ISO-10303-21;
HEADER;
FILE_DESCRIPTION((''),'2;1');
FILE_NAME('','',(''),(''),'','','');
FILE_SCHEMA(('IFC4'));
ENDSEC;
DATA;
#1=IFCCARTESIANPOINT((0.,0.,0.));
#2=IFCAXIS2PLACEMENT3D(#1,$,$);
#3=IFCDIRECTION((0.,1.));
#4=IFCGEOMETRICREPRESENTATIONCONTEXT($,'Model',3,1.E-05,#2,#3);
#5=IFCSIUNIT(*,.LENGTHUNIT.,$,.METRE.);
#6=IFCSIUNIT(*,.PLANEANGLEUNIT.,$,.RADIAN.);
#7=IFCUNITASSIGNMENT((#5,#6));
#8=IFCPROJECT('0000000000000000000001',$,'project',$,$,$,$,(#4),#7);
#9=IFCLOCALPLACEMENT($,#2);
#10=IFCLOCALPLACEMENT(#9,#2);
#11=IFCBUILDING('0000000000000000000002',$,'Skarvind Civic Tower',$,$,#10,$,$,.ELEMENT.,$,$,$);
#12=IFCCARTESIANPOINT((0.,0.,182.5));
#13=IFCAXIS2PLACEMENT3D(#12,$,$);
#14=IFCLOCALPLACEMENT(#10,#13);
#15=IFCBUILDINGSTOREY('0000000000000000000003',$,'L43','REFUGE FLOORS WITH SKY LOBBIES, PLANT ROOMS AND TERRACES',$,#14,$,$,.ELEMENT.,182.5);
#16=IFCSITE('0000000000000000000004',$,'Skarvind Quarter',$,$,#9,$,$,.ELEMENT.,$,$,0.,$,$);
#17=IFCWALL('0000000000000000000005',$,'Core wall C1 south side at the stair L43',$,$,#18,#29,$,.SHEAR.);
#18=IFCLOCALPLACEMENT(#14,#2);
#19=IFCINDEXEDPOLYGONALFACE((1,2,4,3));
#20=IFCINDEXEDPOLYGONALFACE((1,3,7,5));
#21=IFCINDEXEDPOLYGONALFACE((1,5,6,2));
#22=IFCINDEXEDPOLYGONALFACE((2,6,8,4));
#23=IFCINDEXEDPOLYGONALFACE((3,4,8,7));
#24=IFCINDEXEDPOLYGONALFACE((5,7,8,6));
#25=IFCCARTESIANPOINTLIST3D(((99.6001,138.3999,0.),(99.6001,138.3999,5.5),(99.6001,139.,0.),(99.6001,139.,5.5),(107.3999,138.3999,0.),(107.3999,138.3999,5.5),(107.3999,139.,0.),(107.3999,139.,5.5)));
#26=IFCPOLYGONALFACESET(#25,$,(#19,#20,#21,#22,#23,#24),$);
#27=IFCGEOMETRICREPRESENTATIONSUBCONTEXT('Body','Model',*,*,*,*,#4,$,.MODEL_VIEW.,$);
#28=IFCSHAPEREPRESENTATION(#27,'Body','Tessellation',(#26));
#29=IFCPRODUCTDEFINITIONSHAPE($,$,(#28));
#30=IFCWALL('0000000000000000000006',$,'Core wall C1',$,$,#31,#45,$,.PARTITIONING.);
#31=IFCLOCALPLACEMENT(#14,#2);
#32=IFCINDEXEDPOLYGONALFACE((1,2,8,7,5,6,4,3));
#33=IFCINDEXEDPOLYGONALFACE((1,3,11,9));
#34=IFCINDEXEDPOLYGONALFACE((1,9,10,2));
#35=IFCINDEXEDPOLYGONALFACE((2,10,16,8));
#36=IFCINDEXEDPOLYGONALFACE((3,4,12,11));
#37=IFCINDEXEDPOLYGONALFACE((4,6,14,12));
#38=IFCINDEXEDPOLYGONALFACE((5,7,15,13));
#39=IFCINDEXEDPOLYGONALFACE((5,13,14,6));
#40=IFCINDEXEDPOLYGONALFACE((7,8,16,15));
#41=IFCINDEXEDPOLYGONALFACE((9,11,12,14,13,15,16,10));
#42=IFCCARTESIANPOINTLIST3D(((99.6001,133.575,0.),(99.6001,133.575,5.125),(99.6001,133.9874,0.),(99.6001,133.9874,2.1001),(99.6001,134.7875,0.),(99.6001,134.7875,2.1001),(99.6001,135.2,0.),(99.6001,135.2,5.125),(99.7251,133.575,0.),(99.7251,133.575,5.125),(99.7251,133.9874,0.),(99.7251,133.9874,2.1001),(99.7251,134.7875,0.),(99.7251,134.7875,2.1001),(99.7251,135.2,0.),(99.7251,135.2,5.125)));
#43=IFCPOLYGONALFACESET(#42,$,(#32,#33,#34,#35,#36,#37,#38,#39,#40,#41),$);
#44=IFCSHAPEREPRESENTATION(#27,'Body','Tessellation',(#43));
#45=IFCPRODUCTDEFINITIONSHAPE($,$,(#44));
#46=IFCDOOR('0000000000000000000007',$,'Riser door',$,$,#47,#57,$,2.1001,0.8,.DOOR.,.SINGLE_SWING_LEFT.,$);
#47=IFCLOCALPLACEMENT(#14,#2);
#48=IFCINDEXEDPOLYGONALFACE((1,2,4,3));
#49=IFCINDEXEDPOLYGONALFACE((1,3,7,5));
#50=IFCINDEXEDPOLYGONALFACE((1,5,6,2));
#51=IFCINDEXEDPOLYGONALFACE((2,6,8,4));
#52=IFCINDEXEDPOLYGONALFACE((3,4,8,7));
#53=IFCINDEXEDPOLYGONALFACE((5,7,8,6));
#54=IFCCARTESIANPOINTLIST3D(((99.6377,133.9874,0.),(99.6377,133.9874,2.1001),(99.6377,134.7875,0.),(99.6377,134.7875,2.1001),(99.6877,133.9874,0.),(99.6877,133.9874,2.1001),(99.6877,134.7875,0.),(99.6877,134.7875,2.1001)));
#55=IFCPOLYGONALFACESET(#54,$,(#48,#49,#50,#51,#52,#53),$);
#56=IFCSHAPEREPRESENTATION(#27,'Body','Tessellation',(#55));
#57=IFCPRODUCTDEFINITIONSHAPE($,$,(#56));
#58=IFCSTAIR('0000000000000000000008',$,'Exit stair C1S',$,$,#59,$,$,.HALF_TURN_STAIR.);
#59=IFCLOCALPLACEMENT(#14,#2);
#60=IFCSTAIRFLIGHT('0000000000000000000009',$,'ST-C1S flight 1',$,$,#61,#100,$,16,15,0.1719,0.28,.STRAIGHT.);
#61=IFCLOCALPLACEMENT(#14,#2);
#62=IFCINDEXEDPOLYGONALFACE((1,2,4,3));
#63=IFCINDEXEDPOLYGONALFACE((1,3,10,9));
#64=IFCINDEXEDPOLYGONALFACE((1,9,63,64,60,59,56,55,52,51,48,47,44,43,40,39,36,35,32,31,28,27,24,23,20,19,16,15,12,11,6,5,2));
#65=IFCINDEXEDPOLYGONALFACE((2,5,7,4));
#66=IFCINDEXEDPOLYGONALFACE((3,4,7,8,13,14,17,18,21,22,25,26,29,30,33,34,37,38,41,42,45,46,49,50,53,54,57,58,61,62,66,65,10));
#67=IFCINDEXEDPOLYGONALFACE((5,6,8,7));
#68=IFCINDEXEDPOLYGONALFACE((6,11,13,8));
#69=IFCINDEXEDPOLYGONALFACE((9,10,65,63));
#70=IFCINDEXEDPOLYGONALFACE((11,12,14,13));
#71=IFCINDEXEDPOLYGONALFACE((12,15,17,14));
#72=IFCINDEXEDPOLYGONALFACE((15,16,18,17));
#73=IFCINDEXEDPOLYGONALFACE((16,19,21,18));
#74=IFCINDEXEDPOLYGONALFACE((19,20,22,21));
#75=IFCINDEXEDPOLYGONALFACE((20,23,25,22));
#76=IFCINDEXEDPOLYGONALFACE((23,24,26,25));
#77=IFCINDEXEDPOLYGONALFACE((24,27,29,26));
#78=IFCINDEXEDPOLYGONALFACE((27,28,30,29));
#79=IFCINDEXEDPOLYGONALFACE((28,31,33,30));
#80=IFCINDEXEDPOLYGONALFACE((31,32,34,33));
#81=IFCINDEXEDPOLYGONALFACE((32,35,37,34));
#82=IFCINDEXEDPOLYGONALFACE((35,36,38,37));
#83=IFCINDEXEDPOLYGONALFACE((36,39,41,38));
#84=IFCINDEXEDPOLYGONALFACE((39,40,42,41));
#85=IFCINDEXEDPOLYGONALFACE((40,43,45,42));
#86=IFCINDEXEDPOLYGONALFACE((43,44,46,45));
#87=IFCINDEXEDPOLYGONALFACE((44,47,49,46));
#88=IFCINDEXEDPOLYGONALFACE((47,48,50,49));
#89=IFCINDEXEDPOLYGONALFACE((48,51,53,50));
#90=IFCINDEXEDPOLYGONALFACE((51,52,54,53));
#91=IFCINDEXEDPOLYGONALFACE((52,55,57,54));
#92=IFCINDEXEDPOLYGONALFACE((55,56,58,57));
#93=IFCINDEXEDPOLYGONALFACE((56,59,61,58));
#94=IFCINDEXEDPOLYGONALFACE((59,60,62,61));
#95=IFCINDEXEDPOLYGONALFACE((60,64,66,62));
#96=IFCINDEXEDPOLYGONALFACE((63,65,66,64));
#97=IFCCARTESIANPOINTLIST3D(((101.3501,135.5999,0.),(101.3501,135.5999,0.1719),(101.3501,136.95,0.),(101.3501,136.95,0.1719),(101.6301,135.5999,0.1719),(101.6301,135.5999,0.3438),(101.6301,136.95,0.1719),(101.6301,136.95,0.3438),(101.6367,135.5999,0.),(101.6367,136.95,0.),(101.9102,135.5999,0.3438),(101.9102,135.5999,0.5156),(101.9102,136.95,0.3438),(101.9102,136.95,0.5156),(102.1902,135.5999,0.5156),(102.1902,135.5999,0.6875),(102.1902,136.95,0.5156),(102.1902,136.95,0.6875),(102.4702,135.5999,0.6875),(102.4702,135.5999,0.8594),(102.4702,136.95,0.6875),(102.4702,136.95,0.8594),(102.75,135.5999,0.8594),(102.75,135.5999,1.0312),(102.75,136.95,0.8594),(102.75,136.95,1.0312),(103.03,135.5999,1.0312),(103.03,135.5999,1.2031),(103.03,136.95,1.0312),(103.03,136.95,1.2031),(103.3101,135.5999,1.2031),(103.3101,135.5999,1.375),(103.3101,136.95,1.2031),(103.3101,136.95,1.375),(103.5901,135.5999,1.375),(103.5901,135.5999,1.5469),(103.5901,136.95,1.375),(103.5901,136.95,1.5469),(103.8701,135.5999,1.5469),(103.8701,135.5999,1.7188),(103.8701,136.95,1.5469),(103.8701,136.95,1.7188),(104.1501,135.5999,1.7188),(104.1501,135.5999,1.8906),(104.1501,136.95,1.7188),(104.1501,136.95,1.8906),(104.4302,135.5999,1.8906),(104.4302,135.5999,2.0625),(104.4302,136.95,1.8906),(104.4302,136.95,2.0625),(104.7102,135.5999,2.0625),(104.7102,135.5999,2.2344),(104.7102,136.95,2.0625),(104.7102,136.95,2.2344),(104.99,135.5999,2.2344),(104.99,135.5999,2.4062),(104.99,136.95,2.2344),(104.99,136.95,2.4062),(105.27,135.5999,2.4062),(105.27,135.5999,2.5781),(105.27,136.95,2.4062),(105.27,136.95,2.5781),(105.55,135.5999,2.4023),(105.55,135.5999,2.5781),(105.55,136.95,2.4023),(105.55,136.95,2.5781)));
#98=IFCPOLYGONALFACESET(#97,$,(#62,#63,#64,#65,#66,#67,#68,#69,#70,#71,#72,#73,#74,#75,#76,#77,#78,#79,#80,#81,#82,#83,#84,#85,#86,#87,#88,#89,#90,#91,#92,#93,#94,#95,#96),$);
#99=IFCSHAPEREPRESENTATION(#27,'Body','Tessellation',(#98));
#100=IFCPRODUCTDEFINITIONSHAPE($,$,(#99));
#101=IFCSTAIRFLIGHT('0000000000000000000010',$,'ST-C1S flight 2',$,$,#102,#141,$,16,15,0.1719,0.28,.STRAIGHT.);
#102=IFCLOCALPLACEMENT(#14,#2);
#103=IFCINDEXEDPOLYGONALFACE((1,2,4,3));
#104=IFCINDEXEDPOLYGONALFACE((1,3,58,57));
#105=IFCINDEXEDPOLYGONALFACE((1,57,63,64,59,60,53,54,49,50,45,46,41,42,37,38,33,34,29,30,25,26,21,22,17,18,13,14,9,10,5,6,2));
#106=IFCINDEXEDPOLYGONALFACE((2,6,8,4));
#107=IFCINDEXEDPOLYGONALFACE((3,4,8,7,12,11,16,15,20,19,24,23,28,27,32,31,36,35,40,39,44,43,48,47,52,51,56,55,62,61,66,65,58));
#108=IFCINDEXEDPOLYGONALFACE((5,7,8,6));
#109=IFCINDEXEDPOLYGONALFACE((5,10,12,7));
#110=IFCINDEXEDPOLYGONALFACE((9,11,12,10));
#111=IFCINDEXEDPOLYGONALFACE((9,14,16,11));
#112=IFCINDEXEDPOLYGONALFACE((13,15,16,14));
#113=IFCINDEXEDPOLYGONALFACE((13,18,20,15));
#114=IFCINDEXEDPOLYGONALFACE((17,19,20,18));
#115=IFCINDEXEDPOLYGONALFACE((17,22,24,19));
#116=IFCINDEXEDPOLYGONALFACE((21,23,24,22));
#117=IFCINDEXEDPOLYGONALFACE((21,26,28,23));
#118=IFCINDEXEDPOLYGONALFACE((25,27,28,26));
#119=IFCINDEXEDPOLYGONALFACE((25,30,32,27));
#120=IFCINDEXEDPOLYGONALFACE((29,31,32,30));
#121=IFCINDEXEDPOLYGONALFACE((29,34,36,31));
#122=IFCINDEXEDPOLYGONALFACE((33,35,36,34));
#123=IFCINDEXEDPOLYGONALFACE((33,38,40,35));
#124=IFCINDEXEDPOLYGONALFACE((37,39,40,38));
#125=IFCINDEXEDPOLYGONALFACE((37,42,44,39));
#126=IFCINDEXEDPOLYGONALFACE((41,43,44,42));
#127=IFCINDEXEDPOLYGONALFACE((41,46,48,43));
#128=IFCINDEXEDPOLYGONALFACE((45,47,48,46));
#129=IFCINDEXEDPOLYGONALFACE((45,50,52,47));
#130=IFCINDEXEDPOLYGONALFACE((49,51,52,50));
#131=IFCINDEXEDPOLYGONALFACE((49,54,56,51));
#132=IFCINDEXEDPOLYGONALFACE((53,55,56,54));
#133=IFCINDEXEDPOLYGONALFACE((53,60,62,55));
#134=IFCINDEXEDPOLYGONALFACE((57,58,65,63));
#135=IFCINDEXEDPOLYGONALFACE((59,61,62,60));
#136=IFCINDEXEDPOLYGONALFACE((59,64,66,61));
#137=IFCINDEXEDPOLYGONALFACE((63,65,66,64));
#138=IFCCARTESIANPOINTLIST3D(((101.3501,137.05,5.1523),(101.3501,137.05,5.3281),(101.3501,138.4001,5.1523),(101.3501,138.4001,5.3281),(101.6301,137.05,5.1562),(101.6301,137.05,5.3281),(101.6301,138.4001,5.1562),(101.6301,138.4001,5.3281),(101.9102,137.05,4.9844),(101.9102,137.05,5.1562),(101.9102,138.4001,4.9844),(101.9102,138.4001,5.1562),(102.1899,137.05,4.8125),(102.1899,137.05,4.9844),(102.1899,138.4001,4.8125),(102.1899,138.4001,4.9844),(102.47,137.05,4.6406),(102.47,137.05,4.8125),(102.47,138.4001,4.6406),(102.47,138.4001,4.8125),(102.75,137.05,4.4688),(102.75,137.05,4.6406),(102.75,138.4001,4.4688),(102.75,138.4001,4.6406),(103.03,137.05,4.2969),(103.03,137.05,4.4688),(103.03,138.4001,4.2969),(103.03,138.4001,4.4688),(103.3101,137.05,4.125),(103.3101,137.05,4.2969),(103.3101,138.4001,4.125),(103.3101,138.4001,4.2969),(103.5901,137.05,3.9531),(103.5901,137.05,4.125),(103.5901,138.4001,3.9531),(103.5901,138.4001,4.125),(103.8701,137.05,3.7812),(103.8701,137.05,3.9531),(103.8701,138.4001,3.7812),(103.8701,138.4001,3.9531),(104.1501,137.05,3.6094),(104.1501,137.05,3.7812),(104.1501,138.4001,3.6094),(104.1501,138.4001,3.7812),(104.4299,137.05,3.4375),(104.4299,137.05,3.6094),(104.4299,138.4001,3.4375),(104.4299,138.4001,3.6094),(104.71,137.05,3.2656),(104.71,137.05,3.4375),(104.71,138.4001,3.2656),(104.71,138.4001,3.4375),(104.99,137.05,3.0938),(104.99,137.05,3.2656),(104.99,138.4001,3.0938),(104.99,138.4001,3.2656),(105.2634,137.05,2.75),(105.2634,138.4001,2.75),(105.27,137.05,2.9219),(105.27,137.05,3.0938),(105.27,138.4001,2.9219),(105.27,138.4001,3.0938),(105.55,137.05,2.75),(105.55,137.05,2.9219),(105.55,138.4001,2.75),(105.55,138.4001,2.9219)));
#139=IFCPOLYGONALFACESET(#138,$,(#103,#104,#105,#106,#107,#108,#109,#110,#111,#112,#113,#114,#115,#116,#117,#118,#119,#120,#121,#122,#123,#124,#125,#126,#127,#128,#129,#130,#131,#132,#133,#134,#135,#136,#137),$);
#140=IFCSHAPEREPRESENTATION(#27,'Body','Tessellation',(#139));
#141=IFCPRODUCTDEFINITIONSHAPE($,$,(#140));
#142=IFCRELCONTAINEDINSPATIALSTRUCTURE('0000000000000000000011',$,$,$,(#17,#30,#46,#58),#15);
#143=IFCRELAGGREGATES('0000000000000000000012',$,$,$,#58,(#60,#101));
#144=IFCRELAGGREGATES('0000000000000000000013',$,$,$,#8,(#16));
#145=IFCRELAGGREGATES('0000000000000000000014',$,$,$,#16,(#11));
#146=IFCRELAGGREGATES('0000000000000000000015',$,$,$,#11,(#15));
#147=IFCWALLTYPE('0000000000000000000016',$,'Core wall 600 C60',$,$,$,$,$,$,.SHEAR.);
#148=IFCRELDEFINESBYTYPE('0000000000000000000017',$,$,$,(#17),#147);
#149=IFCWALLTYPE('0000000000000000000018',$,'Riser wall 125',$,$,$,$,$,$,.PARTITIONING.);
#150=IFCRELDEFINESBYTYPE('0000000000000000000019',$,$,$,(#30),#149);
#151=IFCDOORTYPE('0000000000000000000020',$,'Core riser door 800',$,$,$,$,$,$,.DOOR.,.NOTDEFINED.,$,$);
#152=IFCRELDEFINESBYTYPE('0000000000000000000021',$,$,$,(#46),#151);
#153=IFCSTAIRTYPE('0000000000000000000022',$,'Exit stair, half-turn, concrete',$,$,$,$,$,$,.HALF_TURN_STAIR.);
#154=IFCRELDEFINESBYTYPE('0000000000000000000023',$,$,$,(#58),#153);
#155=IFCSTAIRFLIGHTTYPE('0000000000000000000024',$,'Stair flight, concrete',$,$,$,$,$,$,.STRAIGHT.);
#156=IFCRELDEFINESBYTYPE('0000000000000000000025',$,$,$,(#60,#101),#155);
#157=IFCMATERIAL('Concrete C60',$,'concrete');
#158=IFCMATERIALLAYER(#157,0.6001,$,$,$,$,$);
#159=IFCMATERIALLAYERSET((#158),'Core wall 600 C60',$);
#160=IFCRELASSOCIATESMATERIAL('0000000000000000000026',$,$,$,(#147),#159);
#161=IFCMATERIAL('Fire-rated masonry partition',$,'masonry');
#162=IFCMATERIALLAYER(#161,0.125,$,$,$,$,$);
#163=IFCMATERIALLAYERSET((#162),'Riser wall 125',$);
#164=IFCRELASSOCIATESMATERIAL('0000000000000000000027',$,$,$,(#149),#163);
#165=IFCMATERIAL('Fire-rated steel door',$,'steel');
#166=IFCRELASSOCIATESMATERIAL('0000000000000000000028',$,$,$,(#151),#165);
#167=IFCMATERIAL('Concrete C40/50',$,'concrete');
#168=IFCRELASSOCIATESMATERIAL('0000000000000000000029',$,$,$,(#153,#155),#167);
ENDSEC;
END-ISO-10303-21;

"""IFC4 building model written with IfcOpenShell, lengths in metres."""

from ifc_helpers import new_model, si_unit, direction, frame, frame_2d, origin, place, context, subcontext, project, spatial, polyline, rectangle, outline, extrude, material, layer, layer_set, type_object, element, fill, aggregate, save


model = new_model("IFC4")

# Units and contexts
model_context = context("Model", 3, precision=1e-05, world=origin(), true_north=direction((0.0, 1.0)))
body_context = subcontext(model_context, "Body", "Model", "MODEL_VIEW")
ifc_project = project(units=[si_unit("LENGTHUNIT", "METRE"), si_unit("PLANEANGLEUNIT", "RADIAN")], contexts=[model_context])

# Site, building, storey
site_placement = place(None, origin())
site = spatial("IfcSite", under=ifc_project, at=site_placement, Name="Skarvind Quarter", CompositionType="ELEMENT", RefElevation=0.0)
building_placement = place(site_placement, origin())
building = spatial("IfcBuilding", under=site, at=building_placement, Name="Skarvind Civic Tower", CompositionType="ELEMENT")
storey_placement = place(building_placement, frame((0.0, 0.0, 182.5)))
storey = spatial("IfcBuildingStorey", under=building, at=storey_placement, Name="L43", Description="REFUGE FLOORS WITH SKY LOBBIES, PLANT ROOMS AND TERRACES", CompositionType="ELEMENT", Elevation=182.5)

# Shared definitions
ifc_material_1 = material(Name="Concrete C60", Category="concrete")

# Shared definitions
ifc_material_2 = material(Name="Fire-rated steel door", Category="steel")

# Wall
ifc_layer_1 = layer(ifc_material_1, 0.6001)
ifc_layer_set_1 = layer_set([ifc_layer_1], Name="Core wall 600 C60")
wall_type_1 = type_object("IfcWallType", Name="Core wall 600 C60", PredefinedType="SHEAR", material=ifc_layer_set_1)
wall_1_placement = place(storey_placement, frame((107.3999, 138.7, 0.0), z_axis=(0.0, 0.0, 1.0), x_axis=(-1.0, 0.0, 0.0)))
element("IfcWall", 1, at=wall_1_placement, inside=storey, type_object=wall_type_1, Name="Core wall C1 south side at the stair L43", PredefinedType="SHEAR", context=body_context, shape_type="SweptSolid", body=[
    extrude(rectangle(XDim=7.7998, YDim=0.6001, at=frame_2d((3.8999, 0.0))), origin(), (0.0, 0.0, 1.0), 5.5),
])

# Wall, opening, door
ifc_material_3 = material(Name="Fire-rated masonry partition", Category="masonry")
ifc_layer_2 = layer(ifc_material_3, 0.125)
ifc_layer_set_2 = layer_set([ifc_layer_2], Name="Riser wall 125")
wall_type_2 = type_object("IfcWallType", Name="Riser wall 125", PredefinedType="PARTITIONING", material=ifc_layer_set_2)
wall_2_placement = place(storey_placement, frame((99.6626, 133.575, 0.0), z_axis=(0.0, 0.0, 1.0), x_axis=(0.0, 1.0, 0.0)))
wall_2 = element("IfcWall", 2, at=wall_2_placement, inside=storey, type_object=wall_type_2, Name="Core wall C1", PredefinedType="PARTITIONING", context=body_context, shape_type="SweptSolid", body=[
    extrude(rectangle(XDim=1.625, YDim=0.125, at=frame_2d((0.8125, 0.0))), origin(), (0.0, 0.0, 1.0), 5.125),
])
opening_1_placement = place(wall_2_placement, frame((0.4126, 0.0, 0.0)))
opening_1 = element("IfcOpeningElement", 3, at=opening_1_placement, cuts=wall_2, PredefinedType="OPENING", context=body_context, shape_type="SweptSolid", body=[
    extrude(rectangle(XDim=0.8, YDim=2.1001, at=frame_2d((0.3999, 1.05))), frame((0.0, 0.0725, 0.0), z_axis=(0.0, -1.0, 0.0), x_axis=(1.0, 0.0, 0.0)), (0.0, 0.0, 1.0), 0.145),
])
door_type_1 = type_object("IfcDoorType", Name="Core riser door 800", OperationType="NOTDEFINED", PredefinedType="DOOR", material=ifc_material_2)
door_1_placement = place(opening_1_placement, origin())
door_1 = element("IfcDoor", 4, at=door_1_placement, inside=storey, type_object=door_type_1, Name="Riser door", OperationType="SINGLE_SWING_LEFT", OverallHeight=2.1001, OverallWidth=0.8, PredefinedType="DOOR", context=body_context, shape_type="SweptSolid", body=[
    extrude(rectangle(XDim=0.8, YDim=2.1001, at=frame_2d((0.3999, 1.05))), frame((0.0, 0.0249, 0.0), z_axis=(0.0, -1.0, 0.0), x_axis=(1.0, 0.0, 0.0)), (0.0, 0.0, 1.0), 0.05),
])
fill(opening_1, door_1)

# Stair, stair flights
ifc_material_4 = material(Name="Concrete C40/50", Category="concrete")
stair_type = type_object("IfcStairType", Name="Exit stair, half-turn, concrete", PredefinedType="HALF_TURN_STAIR", material=ifc_material_4)
stair_placement = place(storey_placement, origin())
stair = element("IfcStair", 5, at=stair_placement, inside=storey, type_object=stair_type, Name="Exit stair C1S", PredefinedType="HALF_TURN_STAIR")
stair_flight_type = type_object("IfcStairFlightType", Name="Stair flight, concrete", PredefinedType="STRAIGHT", material=ifc_material_4)
stair_flight_1_placement = place(storey_placement, frame((101.3501, 136.2749, 0.0), z_axis=(0.0, 0.0, 1.0), x_axis=(1.0, 0.0, 0.0)))
stair_flight_1 = element("IfcStairFlight", 6, at=stair_flight_1_placement, type_object=stair_flight_type, Name="ST-C1S flight 1", NumberOfRisers=16, NumberOfTreads=15, PredefinedType="STRAIGHT", RiserHeight=0.1719, TreadLength=0.28, context=body_context, shape_type="SweptSolid", body=[
    extrude(outline(polyline([(0.0, 0.0), (0.0, 0.1719), (0.28, 0.1719), (0.28, 0.3438), (0.5601, 0.3438), (0.5601, 0.5156), (0.8401, 0.5156), (0.8401, 0.6875), (1.1201, 0.6875), (1.1201, 0.8594), (1.3999, 0.8594), (1.3999, 1.0312), (1.6799, 1.0312), (1.6799, 1.2031), (1.96, 1.2031), (1.96, 1.375), (2.24, 1.375), (2.24, 1.5469), (2.52, 1.5469), (2.52, 1.7188), (2.8, 1.7188), (2.8, 1.8906), (3.0801, 1.8906), (3.0801, 2.0625), (3.3601, 2.0625), (3.3601, 2.2344), (3.6399, 2.2344), (3.6399, 2.4062), (3.9199, 2.4062), (3.9199, 2.5781), (4.2, 2.5781), (4.2, 2.75), (4.2, 2.4023), (0.2866, 0.0), (0.0, 0.0)])), frame((0.0, 0.675, 0.0), z_axis=(0.0, -1.0, 0.0), x_axis=(1.0, 0.0, 0.0)), (0.0, 0.0, 1.0), 1.3501),
])
stair_flight_2_placement = place(storey_placement, frame((105.55, 137.7251, 2.75), z_axis=(0.0, 0.0, 1.0), x_axis=(-1.0, 0.0, 0.0)))
stair_flight_2 = element("IfcStairFlight", 7, at=stair_flight_2_placement, type_object=stair_flight_type, Name="ST-C1S flight 2", NumberOfRisers=16, NumberOfTreads=15, PredefinedType="STRAIGHT", RiserHeight=0.1719, TreadLength=0.28, context=body_context, shape_type="SweptSolid", body=[
    extrude(outline(polyline([(0.0, 0.0), (0.0, 0.1719), (0.28, 0.1719), (0.28, 0.3438), (0.5601, 0.3438), (0.5601, 0.5156), (0.8401, 0.5156), (0.8401, 0.6875), (1.1201, 0.6875), (1.1201, 0.8594), (1.3999, 0.8594), (1.3999, 1.0312), (1.6799, 1.0312), (1.6799, 1.2031), (1.96, 1.2031), (1.96, 1.375), (2.24, 1.375), (2.24, 1.5469), (2.52, 1.5469), (2.52, 1.7188), (2.8, 1.7188), (2.8, 1.8906), (3.0801, 1.8906), (3.0801, 2.0625), (3.3601, 2.0625), (3.3601, 2.2344), (3.6399, 2.2344), (3.6399, 2.4062), (3.9199, 2.4062), (3.9199, 2.5781), (4.2, 2.5781), (4.2, 2.75), (4.2, 2.4023), (0.2866, 0.0), (0.0, 0.0)])), frame((0.0, 0.675, 0.0), z_axis=(0.0, -1.0, 0.0), x_axis=(1.0, 0.0, 0.0)), (0.0, 0.0, 1.0), 1.3501),
])
aggregate(stair, [stair_flight_1, stair_flight_2])

save(model, "model.ifc")
